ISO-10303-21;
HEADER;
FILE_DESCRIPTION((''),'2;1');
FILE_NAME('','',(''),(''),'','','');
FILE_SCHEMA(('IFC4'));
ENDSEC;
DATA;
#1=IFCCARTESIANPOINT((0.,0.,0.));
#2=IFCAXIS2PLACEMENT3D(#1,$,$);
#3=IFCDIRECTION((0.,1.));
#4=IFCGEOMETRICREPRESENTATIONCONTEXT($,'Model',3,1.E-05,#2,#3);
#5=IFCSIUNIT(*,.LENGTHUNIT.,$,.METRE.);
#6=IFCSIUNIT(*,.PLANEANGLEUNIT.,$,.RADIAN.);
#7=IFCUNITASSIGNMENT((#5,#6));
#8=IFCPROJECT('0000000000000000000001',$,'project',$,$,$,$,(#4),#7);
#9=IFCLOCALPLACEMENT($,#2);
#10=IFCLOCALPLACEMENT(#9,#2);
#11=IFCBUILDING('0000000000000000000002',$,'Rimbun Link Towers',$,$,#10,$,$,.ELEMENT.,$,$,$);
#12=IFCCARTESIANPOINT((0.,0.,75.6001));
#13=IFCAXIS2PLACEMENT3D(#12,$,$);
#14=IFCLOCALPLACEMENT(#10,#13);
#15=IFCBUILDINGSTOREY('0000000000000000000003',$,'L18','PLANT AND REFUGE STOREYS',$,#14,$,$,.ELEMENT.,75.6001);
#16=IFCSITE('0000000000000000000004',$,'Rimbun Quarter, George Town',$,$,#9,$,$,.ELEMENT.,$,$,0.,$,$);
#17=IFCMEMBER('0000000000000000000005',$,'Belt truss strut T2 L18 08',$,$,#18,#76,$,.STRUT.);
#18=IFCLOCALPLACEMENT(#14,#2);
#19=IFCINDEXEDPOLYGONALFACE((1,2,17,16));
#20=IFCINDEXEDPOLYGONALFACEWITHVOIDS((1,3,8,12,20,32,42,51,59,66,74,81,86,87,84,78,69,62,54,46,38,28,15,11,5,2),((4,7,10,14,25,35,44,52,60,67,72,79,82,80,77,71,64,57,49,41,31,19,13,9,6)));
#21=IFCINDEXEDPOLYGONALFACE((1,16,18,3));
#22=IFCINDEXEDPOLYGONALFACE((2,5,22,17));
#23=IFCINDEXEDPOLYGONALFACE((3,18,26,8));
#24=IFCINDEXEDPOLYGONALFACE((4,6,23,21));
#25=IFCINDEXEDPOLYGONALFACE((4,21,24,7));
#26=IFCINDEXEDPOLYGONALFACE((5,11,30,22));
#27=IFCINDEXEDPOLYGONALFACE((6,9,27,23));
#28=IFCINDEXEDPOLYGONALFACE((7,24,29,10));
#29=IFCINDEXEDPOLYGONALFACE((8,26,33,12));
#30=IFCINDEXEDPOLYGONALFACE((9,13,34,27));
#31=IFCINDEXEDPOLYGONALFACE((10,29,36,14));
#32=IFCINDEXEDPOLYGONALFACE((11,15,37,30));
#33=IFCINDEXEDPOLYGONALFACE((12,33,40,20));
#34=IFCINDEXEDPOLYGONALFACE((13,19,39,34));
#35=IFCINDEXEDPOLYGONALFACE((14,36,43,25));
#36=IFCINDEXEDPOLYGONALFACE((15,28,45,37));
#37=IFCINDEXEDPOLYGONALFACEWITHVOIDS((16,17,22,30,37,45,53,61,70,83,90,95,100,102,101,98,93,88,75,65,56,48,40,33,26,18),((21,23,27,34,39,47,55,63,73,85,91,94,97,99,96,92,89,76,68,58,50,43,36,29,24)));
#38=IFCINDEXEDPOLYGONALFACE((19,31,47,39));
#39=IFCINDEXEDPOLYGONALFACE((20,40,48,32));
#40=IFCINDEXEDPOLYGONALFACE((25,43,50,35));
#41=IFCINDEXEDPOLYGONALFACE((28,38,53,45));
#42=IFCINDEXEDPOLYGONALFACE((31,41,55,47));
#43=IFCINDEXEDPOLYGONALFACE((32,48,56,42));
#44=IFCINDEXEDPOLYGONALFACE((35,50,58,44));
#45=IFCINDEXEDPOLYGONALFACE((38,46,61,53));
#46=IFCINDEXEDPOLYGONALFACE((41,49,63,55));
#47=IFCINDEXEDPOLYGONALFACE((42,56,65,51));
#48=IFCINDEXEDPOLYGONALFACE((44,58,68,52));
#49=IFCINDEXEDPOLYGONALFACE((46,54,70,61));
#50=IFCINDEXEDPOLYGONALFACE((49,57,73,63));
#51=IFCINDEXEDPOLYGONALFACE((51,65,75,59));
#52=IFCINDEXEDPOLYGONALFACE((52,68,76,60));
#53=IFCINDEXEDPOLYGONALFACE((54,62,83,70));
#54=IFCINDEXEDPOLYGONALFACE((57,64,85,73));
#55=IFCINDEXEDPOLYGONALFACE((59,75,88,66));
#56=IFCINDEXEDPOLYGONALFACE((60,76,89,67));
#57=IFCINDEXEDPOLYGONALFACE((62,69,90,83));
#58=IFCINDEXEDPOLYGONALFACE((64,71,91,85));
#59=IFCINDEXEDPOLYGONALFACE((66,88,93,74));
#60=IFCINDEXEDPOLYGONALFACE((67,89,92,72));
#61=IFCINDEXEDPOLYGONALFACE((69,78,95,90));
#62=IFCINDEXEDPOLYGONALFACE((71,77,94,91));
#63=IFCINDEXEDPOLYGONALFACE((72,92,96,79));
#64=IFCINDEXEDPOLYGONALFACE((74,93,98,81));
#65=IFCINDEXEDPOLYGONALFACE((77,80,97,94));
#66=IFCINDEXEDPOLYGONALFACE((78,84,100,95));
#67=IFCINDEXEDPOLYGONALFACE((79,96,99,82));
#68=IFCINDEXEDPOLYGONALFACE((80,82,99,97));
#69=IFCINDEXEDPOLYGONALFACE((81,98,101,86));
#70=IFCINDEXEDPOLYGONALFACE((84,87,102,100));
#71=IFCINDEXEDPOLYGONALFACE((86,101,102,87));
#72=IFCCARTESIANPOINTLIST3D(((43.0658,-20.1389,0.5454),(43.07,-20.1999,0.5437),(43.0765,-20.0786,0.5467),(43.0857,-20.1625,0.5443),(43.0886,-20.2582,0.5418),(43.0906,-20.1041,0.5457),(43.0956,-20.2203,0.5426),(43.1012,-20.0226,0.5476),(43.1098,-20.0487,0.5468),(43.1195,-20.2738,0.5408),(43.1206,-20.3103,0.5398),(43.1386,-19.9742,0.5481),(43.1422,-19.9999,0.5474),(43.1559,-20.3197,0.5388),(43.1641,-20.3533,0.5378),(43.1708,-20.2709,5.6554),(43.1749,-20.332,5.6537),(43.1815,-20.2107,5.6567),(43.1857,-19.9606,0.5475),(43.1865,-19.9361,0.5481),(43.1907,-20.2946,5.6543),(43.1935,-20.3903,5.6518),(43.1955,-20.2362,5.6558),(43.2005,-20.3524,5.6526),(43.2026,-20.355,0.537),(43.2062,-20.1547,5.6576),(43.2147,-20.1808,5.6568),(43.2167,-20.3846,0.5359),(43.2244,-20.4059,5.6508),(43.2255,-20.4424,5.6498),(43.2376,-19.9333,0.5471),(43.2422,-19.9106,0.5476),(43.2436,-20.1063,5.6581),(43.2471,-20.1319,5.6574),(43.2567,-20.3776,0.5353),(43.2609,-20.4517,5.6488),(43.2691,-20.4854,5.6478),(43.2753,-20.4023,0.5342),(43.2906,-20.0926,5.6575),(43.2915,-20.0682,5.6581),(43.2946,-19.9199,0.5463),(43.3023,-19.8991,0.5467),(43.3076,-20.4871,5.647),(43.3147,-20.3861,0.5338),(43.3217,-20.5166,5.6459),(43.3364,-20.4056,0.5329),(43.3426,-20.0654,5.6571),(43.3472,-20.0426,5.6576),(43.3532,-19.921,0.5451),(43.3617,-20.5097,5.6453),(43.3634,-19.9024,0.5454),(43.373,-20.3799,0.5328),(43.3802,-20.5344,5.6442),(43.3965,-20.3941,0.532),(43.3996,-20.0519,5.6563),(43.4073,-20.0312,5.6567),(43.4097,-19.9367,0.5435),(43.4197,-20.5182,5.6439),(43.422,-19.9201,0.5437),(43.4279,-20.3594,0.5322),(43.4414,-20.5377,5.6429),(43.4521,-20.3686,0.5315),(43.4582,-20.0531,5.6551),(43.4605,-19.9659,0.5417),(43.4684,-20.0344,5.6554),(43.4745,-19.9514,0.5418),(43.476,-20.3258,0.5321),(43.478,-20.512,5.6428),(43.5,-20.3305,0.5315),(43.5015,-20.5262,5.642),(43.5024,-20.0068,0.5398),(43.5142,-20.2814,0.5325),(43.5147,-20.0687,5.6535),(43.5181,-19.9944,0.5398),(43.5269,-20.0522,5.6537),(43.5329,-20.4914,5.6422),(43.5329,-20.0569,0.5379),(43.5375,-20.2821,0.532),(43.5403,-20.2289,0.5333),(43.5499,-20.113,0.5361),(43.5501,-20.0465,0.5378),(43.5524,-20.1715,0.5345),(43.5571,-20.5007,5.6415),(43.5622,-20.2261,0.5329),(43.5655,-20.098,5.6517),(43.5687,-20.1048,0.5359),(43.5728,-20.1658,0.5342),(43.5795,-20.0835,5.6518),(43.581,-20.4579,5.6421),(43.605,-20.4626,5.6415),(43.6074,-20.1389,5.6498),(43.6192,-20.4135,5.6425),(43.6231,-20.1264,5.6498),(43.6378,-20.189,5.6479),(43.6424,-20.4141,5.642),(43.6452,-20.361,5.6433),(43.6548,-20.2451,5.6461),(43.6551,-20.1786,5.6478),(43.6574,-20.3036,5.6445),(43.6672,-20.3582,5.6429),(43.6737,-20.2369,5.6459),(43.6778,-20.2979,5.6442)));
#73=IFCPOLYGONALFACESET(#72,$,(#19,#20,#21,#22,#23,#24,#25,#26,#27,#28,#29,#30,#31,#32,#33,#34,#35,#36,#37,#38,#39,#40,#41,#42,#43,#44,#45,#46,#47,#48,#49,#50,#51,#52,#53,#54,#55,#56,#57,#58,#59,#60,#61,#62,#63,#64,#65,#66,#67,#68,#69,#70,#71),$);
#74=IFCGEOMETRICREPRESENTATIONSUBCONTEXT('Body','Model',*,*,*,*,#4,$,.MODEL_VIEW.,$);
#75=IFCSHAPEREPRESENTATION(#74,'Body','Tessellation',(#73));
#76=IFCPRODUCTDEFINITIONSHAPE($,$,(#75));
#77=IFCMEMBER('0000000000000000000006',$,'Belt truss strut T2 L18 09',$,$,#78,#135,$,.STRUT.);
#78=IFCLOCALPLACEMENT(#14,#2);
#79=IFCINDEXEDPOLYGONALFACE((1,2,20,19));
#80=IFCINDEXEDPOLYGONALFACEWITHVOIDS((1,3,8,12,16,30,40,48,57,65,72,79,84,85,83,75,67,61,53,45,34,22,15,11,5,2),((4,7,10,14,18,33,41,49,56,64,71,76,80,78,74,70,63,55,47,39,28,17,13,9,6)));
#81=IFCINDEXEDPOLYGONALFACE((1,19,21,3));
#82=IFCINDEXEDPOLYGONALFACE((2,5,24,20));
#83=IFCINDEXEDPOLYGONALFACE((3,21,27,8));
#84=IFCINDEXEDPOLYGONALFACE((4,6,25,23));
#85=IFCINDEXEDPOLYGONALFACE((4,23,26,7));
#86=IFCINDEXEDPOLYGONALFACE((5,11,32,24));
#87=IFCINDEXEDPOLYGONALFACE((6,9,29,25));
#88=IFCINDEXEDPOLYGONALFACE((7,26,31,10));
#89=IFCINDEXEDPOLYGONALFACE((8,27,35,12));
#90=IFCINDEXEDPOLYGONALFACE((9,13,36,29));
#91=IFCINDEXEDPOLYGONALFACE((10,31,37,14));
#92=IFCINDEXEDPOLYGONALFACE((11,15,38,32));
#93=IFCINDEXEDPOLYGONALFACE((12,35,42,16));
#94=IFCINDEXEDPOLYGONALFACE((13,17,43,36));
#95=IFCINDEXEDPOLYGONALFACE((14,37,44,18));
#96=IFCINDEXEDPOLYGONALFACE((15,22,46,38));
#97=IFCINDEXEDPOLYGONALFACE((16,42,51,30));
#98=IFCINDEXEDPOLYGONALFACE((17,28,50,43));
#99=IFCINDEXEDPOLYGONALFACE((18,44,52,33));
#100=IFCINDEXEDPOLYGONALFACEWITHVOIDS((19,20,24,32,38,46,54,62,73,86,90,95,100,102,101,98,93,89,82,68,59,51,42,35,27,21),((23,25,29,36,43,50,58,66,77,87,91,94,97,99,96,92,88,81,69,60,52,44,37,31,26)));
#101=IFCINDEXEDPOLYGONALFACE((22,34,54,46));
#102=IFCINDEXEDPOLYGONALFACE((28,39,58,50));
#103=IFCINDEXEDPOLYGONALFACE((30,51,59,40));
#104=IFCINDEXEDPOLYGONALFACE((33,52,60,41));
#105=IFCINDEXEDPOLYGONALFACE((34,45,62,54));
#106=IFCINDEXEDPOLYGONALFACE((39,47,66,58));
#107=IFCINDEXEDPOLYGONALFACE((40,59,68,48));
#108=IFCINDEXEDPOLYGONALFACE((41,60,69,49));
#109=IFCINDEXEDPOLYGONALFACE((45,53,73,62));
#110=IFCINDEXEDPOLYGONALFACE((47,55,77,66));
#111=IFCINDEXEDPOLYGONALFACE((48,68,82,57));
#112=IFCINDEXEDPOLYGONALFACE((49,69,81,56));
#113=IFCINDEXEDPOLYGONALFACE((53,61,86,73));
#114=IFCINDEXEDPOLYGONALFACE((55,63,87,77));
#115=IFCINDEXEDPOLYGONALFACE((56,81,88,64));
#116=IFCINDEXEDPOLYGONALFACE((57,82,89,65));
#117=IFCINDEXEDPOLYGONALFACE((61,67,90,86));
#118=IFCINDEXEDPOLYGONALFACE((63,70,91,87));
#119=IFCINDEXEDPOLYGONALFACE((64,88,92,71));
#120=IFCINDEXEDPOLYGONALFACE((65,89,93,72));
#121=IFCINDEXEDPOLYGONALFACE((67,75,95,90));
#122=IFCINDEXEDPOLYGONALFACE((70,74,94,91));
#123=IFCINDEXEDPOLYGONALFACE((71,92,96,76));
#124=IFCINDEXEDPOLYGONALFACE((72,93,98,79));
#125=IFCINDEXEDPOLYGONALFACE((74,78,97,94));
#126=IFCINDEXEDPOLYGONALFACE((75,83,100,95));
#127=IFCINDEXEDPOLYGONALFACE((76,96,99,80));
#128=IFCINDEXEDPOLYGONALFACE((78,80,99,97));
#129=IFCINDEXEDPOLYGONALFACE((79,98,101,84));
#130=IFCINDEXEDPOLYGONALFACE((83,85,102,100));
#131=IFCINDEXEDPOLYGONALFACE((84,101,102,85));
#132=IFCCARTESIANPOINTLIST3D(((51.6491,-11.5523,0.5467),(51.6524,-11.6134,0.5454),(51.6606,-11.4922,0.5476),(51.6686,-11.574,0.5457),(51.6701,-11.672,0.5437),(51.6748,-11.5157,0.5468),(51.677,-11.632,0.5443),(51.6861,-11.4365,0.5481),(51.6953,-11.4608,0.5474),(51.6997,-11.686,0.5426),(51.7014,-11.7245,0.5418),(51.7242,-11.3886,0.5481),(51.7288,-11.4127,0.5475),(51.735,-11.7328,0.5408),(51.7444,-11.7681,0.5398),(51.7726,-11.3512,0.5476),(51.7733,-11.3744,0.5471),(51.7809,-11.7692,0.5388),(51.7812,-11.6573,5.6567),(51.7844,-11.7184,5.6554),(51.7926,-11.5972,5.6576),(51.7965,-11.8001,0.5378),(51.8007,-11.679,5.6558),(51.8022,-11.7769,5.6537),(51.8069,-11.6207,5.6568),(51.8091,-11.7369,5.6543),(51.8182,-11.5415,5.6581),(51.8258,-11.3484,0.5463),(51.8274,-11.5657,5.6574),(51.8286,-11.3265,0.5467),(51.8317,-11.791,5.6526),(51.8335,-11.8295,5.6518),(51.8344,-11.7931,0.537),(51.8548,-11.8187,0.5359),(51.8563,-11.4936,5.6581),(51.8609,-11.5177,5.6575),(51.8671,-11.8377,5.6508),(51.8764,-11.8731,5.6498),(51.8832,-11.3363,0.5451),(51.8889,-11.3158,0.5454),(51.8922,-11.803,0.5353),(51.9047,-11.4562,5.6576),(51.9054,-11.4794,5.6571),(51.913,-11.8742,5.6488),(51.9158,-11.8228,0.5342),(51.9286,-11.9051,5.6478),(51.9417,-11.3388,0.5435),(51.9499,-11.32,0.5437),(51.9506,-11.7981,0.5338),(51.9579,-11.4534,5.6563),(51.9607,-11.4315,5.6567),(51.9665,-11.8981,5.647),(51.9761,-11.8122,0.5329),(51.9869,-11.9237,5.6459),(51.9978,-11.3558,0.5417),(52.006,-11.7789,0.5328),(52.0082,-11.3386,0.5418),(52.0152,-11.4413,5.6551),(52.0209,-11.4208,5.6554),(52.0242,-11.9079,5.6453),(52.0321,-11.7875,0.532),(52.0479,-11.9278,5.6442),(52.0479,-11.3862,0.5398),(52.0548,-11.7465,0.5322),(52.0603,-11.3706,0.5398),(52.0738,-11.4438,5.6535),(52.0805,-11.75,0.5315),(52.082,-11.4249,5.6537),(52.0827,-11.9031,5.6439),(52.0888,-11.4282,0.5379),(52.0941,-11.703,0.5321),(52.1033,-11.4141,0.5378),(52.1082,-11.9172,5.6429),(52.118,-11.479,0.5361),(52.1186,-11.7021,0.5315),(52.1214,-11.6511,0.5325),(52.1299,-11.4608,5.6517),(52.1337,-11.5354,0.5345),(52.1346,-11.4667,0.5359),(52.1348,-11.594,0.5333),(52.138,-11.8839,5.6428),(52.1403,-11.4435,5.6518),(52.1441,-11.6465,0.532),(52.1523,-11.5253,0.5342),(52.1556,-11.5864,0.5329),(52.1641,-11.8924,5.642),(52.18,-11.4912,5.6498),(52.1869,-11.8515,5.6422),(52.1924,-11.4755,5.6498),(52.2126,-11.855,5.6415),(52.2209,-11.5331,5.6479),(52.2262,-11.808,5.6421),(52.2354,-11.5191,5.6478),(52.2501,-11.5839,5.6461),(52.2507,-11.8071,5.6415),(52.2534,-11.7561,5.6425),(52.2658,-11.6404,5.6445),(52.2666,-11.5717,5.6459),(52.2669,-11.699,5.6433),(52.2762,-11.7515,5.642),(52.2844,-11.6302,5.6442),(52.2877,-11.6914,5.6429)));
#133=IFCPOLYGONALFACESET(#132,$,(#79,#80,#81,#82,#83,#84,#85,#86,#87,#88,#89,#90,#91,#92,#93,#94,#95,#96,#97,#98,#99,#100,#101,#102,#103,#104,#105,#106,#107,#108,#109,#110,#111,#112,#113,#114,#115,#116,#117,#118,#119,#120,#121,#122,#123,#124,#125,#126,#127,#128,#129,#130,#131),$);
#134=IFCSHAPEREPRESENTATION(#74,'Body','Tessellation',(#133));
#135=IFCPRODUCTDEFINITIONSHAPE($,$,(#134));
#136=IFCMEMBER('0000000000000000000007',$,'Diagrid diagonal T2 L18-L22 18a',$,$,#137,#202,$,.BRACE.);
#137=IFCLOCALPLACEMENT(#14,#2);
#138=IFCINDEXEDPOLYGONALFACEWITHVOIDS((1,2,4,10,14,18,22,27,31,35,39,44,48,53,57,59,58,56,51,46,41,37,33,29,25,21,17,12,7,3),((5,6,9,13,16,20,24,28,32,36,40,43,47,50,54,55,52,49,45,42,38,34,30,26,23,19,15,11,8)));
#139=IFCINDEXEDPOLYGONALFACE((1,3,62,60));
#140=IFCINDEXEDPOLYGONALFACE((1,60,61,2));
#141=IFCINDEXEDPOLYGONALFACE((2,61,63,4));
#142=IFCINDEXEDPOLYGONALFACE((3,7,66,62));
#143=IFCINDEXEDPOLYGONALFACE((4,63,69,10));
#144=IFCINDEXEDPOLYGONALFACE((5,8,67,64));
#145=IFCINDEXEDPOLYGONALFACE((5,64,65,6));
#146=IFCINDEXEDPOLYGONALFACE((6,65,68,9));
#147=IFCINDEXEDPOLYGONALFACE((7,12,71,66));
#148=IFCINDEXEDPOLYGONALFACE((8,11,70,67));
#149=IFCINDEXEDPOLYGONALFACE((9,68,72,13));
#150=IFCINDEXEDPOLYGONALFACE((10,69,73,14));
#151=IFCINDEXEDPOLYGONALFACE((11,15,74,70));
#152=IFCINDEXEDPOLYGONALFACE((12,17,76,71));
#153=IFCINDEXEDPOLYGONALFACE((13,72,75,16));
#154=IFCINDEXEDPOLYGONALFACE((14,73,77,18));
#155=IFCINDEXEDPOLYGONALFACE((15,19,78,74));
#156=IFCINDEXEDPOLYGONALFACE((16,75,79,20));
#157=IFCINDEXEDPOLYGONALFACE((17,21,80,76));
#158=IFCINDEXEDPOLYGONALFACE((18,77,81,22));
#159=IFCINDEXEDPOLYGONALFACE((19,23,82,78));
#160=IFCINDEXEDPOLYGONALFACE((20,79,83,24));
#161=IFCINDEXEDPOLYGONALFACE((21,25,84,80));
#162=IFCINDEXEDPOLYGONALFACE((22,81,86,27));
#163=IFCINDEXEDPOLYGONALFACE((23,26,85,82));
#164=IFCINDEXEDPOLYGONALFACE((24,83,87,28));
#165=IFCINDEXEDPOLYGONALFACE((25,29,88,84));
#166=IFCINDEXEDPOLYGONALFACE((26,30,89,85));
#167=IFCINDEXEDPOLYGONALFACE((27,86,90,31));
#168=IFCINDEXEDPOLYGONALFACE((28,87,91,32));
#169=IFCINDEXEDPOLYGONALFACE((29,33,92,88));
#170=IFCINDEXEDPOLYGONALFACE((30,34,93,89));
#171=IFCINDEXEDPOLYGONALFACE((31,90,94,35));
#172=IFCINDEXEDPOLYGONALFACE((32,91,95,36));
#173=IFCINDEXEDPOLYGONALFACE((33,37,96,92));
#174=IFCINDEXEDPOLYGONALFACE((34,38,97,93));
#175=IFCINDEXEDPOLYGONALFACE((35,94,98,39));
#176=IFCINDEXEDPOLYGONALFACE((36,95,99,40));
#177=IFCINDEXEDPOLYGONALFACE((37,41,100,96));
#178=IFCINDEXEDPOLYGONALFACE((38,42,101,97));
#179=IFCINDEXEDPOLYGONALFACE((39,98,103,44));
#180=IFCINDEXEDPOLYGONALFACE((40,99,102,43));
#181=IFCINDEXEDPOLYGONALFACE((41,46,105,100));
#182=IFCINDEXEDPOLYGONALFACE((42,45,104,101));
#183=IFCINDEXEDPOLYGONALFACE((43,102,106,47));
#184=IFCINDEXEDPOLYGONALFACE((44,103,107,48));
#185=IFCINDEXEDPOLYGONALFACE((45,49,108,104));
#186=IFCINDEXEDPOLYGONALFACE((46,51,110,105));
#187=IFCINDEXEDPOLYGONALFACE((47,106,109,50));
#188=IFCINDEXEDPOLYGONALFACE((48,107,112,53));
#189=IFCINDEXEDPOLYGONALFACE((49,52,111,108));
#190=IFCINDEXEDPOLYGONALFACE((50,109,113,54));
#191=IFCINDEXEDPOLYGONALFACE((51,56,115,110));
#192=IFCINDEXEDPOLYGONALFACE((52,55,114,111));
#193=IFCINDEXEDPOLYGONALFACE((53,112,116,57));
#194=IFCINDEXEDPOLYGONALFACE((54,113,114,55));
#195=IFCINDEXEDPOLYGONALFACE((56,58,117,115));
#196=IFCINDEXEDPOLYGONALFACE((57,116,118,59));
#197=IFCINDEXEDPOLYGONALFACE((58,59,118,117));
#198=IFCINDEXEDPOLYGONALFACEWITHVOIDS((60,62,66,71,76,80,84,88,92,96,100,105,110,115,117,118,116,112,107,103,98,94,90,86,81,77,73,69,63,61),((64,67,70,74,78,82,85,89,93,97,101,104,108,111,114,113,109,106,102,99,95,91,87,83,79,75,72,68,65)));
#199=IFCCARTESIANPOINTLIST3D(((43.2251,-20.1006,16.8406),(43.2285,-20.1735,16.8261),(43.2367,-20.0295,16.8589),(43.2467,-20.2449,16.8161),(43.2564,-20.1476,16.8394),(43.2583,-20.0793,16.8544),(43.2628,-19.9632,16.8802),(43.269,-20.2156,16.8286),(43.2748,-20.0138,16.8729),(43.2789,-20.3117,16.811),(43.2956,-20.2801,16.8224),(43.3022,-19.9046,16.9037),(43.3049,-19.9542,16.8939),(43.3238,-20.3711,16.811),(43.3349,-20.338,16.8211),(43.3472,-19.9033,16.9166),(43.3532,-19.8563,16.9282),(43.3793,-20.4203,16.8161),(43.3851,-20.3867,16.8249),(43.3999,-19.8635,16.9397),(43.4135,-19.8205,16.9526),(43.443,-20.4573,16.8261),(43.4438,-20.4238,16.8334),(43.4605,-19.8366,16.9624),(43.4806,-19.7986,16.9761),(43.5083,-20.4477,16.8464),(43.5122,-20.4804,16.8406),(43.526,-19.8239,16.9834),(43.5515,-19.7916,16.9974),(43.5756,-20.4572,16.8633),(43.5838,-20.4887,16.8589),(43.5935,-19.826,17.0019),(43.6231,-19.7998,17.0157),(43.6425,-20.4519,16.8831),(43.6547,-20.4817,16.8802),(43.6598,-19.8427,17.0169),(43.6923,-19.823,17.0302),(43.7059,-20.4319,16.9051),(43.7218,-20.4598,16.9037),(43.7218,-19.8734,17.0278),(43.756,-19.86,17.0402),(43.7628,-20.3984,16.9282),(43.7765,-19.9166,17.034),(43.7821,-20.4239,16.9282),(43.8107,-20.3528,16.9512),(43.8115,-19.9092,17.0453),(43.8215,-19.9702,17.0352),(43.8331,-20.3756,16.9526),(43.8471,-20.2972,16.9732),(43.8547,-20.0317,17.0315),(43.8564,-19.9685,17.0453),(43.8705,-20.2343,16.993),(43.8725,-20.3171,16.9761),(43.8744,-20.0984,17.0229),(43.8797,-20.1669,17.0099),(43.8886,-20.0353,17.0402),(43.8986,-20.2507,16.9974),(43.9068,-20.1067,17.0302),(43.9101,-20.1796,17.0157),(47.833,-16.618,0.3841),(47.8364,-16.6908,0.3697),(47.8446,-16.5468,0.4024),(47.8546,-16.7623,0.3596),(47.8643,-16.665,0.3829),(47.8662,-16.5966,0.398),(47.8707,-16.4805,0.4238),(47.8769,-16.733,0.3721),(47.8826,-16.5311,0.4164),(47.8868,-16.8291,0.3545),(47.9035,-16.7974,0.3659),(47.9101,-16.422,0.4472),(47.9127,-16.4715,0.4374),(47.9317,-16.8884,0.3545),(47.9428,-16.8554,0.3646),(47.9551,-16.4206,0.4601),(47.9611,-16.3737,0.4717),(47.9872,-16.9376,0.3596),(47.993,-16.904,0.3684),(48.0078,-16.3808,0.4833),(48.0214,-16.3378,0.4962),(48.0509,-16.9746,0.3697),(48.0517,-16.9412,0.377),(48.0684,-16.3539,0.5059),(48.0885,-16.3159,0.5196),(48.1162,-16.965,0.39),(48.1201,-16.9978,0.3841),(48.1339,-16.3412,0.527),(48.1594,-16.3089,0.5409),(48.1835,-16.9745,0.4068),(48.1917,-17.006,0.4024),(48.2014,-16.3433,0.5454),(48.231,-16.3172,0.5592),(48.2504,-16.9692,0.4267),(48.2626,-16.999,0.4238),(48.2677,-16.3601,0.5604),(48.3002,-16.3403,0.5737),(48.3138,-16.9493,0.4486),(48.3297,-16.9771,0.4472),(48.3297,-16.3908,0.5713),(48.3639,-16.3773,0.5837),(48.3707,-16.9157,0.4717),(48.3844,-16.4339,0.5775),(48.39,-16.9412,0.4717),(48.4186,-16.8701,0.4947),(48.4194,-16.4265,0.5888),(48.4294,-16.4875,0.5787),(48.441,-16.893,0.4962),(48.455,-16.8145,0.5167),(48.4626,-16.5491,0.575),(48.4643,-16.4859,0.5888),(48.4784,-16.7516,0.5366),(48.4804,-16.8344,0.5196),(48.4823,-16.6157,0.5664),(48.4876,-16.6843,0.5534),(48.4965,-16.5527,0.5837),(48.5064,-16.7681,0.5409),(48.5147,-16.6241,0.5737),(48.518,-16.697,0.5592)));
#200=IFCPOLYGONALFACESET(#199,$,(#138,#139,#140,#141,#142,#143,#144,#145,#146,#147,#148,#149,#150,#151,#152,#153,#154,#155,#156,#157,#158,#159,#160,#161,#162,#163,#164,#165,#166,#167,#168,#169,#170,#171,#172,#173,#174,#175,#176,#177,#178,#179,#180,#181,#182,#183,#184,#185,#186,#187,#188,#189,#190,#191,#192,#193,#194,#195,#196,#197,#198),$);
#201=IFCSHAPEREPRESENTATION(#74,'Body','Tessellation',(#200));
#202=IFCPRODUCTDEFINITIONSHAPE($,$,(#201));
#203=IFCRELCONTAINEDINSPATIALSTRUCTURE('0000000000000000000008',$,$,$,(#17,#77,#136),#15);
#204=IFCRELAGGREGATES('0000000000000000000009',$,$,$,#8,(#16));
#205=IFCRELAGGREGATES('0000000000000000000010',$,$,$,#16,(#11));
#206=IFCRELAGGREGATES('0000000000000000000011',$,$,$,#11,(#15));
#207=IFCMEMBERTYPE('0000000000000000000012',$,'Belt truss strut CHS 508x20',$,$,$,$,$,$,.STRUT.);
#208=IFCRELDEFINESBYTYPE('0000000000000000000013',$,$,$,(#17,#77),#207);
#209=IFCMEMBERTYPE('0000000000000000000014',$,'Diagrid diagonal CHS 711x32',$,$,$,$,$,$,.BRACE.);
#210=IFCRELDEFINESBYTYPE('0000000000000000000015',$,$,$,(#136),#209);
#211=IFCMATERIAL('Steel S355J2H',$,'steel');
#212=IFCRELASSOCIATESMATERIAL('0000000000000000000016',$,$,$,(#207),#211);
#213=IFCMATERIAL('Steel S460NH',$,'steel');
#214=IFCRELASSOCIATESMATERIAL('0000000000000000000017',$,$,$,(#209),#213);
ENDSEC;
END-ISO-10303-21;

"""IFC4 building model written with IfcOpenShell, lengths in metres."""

from ifc_helpers import new_model, si_unit, direction, frame, origin, origin_2d, place, context, subcontext, project, spatial, hollow_circle, extrude, material, material_profile, profile_set, type_object, element, save


model = new_model("IFC4")

# Units and contexts
model_context = context("Model", 3, precision=1e-05, world=origin(), true_north=direction((0.0, 1.0)))
body_context = subcontext(model_context, "Body", "Model", "MODEL_VIEW")
ifc_project = project(units=[si_unit("LENGTHUNIT", "METRE"), si_unit("PLANEANGLEUNIT", "RADIAN")], contexts=[model_context])

# Site, building, storey
site_placement = place(None, origin())
site = spatial("IfcSite", under=ifc_project, at=site_placement, Name="Rimbun Quarter, George Town", CompositionType="ELEMENT", RefElevation=0.0)
building_placement = place(site_placement, origin())
building = spatial("IfcBuilding", under=site, at=building_placement, Name="Rimbun Link Towers", CompositionType="ELEMENT")
storey_placement = place(building_placement, frame((0.0, 0.0, 75.6001)))
storey = spatial("IfcBuildingStorey", under=building, at=storey_placement, Name="L18", Description="PLANT AND REFUGE STOREYS", CompositionType="ELEMENT", Elevation=75.6001)

# Members
ifc_material_1 = material(Name="Steel S355J2H", Category="steel")
ifc_material_profile_1 = material_profile(ifc_material_1, hollow_circle(Radius=0.2539, WallThickness=0.02, at=origin_2d()), Name="Belt truss strut CHS 508x20")
ifc_profile_set_1 = profile_set([ifc_material_profile_1], Name="Steel S355J2H")
member_type_1 = type_object("IfcMemberType", Name="Belt truss strut CHS 508x20", PredefinedType="STRUT", material=ifc_profile_set_1)
for number, where, z_axis, x_axis, name in (
    (1, (43.3193, -20.1523, 0.5398), (0.020533, -0.025833, 0.999455), (0.782841, 0.622221, 0.0), "Belt truss strut T2 L18 08"),
    (2, (51.9023, -11.5693, 0.5398), (0.025833, -0.020533, 0.999455), (0.622221, 0.782841, 0.0), "Belt truss strut T2 L18 09"),
):
    element("IfcMember", number, at=place(storey_placement, frame(where, z_axis=z_axis, x_axis=x_axis)), inside=storey, type_object=member_type_1, Name=name, PredefinedType="STRUT", context=body_context, shape_type="SweptSolid", body=[
        extrude(hollow_circle(Radius=0.2539, WallThickness=0.02, at=origin_2d()), origin(), (0.0, 0.0, 1.0), 5.1128),
    ])
ifc_material_2 = material(Name="Steel S460NH", Category="steel")
ifc_material_profile_2 = material_profile(ifc_material_2, hollow_circle(Radius=0.3557, WallThickness=0.032, at=origin_2d()), Name="Diagrid diagonal CHS 711x32")
ifc_profile_set_2 = profile_set([ifc_material_profile_2], Name="Steel S460NH")
member_type_2 = type_object("IfcMemberType", Name="Diagrid diagonal CHS 711x32", PredefinedType="BRACE", material=ifc_profile_set_2)
for number, where, z_axis, x_axis, name in (
    (3, (48.1755, -16.6575, 0.4717), (-0.264204, -0.199686, 0.943569), (0.602958, -0.797773, 0.0), "Diagrid diagonal T2 L18-L22 18a"),
):
    element("IfcMember", number, at=place(storey_placement, frame(where, z_axis=z_axis, x_axis=x_axis)), inside=storey, type_object=member_type_2, Name=name, PredefinedType="BRACE", context=body_context, shape_type="SweptSolid", body=[
        extrude(hollow_circle(Radius=0.3557, WallThickness=0.032, at=origin_2d()), origin(), (0.0, 0.0, 1.0), 17.4407),
    ])

save(model, "model.ifc")
